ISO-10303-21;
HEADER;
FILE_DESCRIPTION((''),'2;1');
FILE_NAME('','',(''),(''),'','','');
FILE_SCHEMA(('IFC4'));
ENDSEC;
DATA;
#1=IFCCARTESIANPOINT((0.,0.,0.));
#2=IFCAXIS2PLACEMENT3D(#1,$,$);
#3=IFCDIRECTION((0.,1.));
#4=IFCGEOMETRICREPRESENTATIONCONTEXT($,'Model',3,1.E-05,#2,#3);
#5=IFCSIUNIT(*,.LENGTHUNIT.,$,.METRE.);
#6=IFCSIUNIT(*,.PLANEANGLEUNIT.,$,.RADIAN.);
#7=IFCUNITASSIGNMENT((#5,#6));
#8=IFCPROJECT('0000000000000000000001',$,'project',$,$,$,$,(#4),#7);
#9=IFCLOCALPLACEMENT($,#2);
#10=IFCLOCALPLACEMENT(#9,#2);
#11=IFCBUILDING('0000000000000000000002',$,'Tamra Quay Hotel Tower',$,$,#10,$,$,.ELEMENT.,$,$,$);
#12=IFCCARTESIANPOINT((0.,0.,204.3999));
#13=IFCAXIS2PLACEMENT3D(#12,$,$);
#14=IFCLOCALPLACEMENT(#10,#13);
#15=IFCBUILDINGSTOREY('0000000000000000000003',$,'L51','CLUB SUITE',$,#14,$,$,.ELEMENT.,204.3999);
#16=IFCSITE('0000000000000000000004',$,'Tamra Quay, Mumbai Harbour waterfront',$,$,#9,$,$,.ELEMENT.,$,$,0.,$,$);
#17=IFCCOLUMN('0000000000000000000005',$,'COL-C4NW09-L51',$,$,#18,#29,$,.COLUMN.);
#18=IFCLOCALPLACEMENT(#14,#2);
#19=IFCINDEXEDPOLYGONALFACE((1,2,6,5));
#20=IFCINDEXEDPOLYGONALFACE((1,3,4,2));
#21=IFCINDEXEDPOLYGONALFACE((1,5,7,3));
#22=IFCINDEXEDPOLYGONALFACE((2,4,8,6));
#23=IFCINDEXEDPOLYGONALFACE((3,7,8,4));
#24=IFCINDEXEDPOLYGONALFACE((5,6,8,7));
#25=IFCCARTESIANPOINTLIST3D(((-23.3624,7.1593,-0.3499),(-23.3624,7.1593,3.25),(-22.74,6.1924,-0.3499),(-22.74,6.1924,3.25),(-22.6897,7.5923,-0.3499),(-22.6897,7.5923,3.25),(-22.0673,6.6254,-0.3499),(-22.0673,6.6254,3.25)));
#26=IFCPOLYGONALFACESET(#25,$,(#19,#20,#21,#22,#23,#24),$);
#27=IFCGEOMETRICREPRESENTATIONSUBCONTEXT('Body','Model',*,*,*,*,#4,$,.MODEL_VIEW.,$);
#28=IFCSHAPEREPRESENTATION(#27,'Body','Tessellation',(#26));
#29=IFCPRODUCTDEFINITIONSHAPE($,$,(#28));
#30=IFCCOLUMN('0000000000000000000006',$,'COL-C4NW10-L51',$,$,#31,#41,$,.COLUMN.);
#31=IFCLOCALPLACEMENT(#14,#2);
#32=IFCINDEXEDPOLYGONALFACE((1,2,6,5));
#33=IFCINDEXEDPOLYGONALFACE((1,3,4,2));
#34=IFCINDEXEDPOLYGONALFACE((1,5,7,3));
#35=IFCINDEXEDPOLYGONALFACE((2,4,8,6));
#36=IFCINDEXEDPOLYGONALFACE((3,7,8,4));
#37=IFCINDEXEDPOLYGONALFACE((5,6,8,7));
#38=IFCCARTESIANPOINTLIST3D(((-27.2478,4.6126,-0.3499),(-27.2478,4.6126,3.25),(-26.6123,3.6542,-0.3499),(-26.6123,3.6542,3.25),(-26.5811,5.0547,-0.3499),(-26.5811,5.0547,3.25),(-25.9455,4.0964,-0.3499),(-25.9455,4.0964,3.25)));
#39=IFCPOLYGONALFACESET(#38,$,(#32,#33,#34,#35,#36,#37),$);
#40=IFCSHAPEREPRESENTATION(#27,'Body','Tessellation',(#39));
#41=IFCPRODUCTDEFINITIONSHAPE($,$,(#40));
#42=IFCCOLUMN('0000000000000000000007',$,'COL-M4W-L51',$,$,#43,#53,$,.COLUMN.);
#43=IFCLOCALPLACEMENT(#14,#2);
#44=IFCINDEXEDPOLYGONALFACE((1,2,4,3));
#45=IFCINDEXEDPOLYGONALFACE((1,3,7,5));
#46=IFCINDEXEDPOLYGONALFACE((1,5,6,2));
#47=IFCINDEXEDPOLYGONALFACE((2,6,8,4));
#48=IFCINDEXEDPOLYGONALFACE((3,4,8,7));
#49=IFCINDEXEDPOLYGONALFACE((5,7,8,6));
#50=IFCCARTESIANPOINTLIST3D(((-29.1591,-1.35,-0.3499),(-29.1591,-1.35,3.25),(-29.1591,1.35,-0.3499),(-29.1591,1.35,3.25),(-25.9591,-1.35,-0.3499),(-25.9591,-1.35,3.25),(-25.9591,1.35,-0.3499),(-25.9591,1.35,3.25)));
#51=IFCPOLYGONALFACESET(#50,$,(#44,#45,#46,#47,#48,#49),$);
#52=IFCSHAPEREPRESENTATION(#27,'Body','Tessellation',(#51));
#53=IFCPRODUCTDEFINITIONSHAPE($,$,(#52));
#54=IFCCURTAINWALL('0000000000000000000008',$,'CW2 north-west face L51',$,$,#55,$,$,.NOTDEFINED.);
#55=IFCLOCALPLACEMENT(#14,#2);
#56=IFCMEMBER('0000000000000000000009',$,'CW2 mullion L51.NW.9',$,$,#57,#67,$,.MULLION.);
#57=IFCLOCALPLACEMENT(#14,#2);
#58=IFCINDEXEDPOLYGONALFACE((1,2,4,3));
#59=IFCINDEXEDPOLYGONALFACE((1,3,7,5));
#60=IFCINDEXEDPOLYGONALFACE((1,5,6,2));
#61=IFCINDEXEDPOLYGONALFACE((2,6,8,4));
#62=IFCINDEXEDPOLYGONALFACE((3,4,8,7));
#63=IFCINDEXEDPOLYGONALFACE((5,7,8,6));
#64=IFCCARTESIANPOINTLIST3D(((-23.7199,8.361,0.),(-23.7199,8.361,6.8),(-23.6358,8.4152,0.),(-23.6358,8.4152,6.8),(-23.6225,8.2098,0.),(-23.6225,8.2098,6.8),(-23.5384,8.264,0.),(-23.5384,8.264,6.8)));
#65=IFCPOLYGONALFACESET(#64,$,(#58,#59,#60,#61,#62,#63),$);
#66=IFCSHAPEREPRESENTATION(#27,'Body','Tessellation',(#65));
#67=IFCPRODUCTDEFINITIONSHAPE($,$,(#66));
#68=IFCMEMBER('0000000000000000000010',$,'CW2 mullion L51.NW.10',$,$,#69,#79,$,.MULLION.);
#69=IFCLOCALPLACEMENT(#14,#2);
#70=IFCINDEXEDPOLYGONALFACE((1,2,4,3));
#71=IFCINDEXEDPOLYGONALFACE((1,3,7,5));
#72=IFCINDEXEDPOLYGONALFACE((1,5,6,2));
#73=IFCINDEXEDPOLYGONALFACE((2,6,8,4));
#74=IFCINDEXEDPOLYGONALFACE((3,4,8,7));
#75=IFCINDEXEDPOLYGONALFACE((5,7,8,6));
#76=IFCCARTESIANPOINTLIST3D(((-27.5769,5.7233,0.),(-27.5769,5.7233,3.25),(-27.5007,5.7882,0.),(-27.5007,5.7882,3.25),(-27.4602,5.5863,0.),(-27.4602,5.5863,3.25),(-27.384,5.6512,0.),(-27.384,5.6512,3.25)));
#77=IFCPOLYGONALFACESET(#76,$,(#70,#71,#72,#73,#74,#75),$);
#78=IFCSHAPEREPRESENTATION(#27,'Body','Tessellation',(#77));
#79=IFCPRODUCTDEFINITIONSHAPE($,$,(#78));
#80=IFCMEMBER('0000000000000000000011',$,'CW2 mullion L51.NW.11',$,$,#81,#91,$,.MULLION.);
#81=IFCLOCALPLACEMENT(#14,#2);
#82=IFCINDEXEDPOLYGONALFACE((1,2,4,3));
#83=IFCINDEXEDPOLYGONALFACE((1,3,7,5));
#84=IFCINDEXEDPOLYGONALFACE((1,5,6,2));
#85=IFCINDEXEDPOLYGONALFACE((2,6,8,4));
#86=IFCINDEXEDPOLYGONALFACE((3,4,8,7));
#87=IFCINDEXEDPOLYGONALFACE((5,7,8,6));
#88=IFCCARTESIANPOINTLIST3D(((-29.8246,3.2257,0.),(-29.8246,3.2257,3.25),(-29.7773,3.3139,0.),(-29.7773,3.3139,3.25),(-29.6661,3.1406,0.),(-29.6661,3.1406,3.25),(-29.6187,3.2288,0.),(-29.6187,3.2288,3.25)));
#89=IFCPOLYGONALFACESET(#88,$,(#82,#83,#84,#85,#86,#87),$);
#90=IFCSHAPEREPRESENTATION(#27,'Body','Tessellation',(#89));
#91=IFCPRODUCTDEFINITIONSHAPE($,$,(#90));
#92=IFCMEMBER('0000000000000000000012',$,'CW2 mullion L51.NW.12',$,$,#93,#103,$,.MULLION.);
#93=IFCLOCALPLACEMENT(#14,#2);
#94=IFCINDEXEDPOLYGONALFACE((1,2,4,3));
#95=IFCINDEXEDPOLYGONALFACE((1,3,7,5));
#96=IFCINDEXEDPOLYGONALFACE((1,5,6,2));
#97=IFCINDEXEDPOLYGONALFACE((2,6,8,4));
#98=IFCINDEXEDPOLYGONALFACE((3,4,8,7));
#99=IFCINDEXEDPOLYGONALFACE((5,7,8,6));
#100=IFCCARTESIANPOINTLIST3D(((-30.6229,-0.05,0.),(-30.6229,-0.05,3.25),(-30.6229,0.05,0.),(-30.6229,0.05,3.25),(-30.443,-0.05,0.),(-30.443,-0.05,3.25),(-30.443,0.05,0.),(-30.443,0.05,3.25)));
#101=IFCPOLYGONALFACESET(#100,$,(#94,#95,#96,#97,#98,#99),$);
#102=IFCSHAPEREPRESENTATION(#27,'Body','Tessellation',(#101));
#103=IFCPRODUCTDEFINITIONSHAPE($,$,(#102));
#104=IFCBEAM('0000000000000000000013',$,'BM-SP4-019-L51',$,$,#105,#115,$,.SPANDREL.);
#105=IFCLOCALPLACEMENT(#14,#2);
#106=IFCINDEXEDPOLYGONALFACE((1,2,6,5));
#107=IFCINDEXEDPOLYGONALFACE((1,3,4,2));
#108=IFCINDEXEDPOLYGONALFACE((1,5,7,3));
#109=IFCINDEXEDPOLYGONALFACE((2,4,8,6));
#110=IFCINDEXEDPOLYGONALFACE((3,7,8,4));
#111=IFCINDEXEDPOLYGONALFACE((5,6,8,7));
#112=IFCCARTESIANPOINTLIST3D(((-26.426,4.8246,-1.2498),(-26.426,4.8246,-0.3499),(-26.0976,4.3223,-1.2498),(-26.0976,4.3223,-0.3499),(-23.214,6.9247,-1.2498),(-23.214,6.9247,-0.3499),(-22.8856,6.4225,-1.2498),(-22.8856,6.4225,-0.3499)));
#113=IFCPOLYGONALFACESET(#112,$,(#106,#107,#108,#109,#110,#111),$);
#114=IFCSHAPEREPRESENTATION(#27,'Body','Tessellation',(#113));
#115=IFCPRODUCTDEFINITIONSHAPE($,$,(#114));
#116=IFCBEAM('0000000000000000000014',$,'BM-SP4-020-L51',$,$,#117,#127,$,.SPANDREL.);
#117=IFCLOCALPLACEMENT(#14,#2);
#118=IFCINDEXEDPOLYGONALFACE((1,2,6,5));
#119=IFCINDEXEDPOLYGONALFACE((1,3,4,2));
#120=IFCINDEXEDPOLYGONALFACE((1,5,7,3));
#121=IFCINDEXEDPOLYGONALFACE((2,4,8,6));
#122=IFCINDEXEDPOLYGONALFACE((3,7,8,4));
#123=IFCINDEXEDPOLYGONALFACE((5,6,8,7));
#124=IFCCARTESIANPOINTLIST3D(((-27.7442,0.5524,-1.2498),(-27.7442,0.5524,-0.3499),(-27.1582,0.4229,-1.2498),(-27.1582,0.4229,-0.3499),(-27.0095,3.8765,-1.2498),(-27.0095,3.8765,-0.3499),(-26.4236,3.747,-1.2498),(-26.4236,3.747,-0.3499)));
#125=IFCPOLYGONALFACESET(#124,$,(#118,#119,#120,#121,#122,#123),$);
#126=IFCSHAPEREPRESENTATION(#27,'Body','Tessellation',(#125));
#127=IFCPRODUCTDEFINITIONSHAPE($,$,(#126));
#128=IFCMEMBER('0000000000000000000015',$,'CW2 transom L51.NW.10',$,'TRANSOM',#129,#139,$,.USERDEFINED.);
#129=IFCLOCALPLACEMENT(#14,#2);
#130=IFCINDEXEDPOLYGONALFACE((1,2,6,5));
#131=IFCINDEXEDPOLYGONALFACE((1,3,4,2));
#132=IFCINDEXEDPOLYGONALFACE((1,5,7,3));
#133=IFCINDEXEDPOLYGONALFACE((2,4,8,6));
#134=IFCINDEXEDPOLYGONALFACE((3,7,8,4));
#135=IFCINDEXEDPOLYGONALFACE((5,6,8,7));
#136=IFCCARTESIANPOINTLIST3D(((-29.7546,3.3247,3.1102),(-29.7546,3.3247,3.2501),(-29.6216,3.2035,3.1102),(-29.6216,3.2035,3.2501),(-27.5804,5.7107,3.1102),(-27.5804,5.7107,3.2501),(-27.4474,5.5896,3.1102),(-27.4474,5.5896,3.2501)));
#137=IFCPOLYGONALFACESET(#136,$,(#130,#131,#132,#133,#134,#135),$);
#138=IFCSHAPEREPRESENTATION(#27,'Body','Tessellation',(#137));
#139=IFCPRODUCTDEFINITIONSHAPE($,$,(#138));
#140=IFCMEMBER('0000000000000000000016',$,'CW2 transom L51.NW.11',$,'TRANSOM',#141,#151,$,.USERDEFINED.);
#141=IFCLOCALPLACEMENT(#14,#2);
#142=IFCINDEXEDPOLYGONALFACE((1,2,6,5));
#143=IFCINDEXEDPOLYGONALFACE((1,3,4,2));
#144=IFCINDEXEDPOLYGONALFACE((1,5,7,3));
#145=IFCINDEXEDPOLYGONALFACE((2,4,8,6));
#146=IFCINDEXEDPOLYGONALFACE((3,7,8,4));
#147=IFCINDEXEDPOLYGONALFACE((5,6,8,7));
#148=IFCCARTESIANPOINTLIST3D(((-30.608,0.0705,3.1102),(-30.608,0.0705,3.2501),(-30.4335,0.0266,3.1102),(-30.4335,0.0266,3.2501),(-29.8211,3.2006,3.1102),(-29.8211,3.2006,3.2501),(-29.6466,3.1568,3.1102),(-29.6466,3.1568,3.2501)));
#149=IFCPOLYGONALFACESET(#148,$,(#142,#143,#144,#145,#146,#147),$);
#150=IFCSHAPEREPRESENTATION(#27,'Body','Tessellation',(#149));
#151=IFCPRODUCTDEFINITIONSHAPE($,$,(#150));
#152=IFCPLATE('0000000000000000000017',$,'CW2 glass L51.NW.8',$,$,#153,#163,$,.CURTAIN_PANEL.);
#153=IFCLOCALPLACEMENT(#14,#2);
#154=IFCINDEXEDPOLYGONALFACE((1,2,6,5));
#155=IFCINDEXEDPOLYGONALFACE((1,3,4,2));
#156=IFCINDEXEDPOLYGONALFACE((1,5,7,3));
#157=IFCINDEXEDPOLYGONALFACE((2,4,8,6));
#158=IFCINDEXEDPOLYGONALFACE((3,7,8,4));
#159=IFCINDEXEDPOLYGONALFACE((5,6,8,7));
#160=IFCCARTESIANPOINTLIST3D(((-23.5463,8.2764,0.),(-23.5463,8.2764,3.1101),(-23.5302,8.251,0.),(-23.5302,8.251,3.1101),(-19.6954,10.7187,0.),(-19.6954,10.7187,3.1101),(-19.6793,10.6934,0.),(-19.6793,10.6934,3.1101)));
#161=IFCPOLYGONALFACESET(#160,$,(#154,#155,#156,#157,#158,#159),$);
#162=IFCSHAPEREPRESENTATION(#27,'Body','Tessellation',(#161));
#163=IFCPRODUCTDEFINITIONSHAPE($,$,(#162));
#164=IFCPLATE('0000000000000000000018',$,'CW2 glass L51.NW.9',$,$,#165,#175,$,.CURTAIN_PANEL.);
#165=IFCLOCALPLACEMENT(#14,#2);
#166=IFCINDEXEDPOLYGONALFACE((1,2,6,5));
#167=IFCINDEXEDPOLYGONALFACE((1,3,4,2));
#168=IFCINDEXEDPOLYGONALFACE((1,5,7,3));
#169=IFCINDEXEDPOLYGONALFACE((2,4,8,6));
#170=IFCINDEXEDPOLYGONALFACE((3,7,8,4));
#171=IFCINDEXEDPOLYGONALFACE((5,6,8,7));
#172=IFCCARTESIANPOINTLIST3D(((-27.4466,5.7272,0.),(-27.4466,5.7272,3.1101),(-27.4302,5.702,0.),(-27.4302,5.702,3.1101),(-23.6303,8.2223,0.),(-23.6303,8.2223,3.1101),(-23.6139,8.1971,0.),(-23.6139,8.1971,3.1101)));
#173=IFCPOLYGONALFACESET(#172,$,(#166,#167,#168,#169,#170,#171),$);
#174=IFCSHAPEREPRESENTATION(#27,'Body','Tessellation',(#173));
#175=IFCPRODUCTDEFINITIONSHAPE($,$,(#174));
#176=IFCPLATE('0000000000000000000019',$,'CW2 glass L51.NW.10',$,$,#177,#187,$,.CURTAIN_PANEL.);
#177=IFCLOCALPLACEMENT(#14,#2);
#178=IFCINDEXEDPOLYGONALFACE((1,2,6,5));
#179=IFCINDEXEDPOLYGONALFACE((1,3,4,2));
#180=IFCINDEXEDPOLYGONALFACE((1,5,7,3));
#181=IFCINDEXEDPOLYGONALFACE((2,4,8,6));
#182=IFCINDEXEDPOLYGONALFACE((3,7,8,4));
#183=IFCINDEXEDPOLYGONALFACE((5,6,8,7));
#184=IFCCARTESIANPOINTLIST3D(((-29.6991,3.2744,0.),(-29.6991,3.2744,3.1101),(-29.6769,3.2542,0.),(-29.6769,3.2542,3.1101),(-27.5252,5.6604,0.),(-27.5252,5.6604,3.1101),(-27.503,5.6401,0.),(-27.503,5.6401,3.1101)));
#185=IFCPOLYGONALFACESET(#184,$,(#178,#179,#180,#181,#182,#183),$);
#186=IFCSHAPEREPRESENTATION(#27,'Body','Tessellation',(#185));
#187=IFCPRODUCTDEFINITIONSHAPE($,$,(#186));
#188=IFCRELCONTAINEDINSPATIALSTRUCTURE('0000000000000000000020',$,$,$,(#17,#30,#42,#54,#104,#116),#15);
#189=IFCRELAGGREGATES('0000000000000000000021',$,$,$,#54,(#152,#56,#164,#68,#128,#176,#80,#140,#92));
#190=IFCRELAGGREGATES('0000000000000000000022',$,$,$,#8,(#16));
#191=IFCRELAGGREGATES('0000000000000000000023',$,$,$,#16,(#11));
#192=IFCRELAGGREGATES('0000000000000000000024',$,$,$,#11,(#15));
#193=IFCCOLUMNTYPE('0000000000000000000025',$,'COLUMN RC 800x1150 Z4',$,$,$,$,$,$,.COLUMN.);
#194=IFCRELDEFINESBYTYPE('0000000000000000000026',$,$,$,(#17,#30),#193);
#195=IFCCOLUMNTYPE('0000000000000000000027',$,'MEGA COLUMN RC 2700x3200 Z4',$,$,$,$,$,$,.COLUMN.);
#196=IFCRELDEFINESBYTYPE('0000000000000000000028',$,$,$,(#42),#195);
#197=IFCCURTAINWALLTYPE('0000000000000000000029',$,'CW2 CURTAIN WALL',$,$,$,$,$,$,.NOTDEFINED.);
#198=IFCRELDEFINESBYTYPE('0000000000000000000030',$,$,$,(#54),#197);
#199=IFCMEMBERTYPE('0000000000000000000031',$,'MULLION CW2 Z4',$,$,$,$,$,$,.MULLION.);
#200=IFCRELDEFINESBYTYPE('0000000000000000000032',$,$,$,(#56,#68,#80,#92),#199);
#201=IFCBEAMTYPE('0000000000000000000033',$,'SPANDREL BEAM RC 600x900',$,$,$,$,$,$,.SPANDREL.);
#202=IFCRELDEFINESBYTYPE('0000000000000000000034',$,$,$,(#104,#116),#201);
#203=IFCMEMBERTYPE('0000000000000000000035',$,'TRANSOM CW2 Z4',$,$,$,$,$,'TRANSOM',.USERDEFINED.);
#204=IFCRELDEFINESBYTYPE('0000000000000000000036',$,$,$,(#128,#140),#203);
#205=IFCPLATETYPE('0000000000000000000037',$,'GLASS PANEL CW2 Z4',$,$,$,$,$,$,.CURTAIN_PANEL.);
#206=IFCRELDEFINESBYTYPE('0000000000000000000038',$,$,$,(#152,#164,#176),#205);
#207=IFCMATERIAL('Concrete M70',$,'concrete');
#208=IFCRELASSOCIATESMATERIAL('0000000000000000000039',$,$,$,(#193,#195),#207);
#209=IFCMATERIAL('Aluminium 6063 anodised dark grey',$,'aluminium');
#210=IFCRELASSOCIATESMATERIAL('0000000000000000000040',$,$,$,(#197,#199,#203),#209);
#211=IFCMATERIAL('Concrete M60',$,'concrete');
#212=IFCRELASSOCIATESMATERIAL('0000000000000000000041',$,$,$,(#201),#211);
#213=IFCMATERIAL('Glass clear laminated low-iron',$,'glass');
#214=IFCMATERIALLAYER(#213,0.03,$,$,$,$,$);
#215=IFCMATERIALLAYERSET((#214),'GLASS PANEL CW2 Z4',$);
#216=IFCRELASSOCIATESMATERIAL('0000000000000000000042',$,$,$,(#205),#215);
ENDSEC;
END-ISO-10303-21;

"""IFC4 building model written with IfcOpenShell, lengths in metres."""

from ifc_helpers import new_model, si_unit, direction, frame, origin, origin_2d, place, context, subcontext, project, spatial, rectangle, extrude, material, layer, layer_set, material_profile, profile_set, type_object, element, aggregate, save


model = new_model("IFC4")

# Units and contexts
model_context = context("Model", 3, precision=1e-05, world=origin(), true_north=direction((0.0, 1.0)))
body_context = subcontext(model_context, "Body", "Model", "MODEL_VIEW")
ifc_project = project(units=[si_unit("LENGTHUNIT", "METRE"), si_unit("PLANEANGLEUNIT", "RADIAN")], contexts=[model_context])

# Site, building, storey
site_placement = place(None, origin())
site = spatial("IfcSite", under=ifc_project, at=site_placement, Name="Tamra Quay, Mumbai Harbour waterfront", CompositionType="ELEMENT", RefElevation=0.0)
building_placement = place(site_placement, origin())
building = spatial("IfcBuilding", under=site, at=building_placement, Name="Tamra Quay Hotel Tower", CompositionType="ELEMENT")
storey_placement = place(building_placement, frame((0.0, 0.0, 204.3999)))
storey = spatial("IfcBuildingStorey", under=building, at=storey_placement, Name="L51", Description="CLUB SUITE", CompositionType="ELEMENT", Elevation=204.3999)

# Columns
ifc_material_1 = material(Name="Concrete M70", Category="concrete")
ifc_material_profile_1 = material_profile(ifc_material_1, rectangle(XDim=1.1499, YDim=0.8, at=origin_2d()), Name="COLUMN RC 800x1150 Z4")
ifc_profile_set_1 = profile_set([ifc_material_profile_1], Name="Concrete M70")
column_type_1 = type_object("IfcColumnType", Name="COLUMN RC 800x1150 Z4", PredefinedType="COLUMN", material=ifc_profile_set_1)
for number, where, z_axis, x_axis, name in (
    (1, (-22.7148, 6.8923, -0.3499), (0.0, 0.0, 1.0), (-0.541283, 0.840841, 0.0), "COL-C4NW09-L51"),
    (2, (-26.5967, 4.3545, -0.3499), (0.0, 0.0, 1.0), (-0.552666, 0.833403, 0.0), "COL-C4NW10-L51"),
):
    element("IfcColumn", number, at=place(storey_placement, frame(where, z_axis=z_axis, x_axis=x_axis)), inside=storey, type_object=column_type_1, Name=name, PredefinedType="COLUMN", context=body_context, shape_type="SweptSolid", body=[
        extrude(rectangle(XDim=1.1499, YDim=0.8, at=origin_2d()), origin(), (0.0, 0.0, 1.0), 3.5999),
    ])
ifc_material_profile_2 = material_profile(ifc_material_1, rectangle(XDim=3.2, YDim=2.7, at=origin_2d()), Name="MEGA COLUMN RC 2700x3200 Z4")
ifc_profile_set_2 = profile_set([ifc_material_profile_2], Name="Concrete M70")
column_type_2 = type_object("IfcColumnType", Name="MEGA COLUMN RC 2700x3200 Z4", PredefinedType="COLUMN", material=ifc_profile_set_2)
column_placement = place(storey_placement, frame((-27.5591, 0.0, -0.3499), z_axis=(0.0, 0.0, 1.0), x_axis=(1.0, 0.0, 0.0)))
element("IfcColumn", 3, at=column_placement, inside=storey, type_object=column_type_2, Name="COL-M4W-L51", PredefinedType="COLUMN", context=body_context, shape_type="SweptSolid", body=[
    extrude(rectangle(XDim=3.2, YDim=2.7, at=origin_2d()), origin(), (0.0, 0.0, 1.0), 3.5999),
])

# Curtain wall, members
ifc_material_2 = material(Name="Aluminium 6063 anodised dark grey", Category="aluminium")
curtain_wall_type = type_object("IfcCurtainWallType", Name="CW2 CURTAIN WALL", PredefinedType="NOTDEFINED", material=ifc_material_2)
curtain_wall_placement = place(storey_placement, origin())
curtain_wall = element("IfcCurtainWall", 4, at=curtain_wall_placement, inside=storey, type_object=curtain_wall_type, Name="CW2 north-west face L51", PredefinedType="NOTDEFINED")
ifc_material_profile_3 = material_profile(ifc_material_2, rectangle(XDim=0.1799, YDim=0.1001, at=origin_2d()), Name="MULLION 100X180")
ifc_profile_set_3 = profile_set([ifc_material_profile_3], Name="Aluminium 6063 anodised dark grey")
member_type_1 = type_object("IfcMemberType", Name="MULLION CW2 Z4", PredefinedType="MULLION", material=ifc_profile_set_3)
member_1_placement = place(storey_placement, frame((-23.6292, 8.3125, 0.0), z_axis=(0.0, 0.0, 1.0), x_axis=(-0.541422, 0.840751, 0.0)))
member_1 = element("IfcMember", 5, at=member_1_placement, type_object=member_type_1, Name="CW2 mullion L51.NW.9", PredefinedType="MULLION", context=body_context, shape_type="SweptSolid", body=[
    extrude(rectangle(XDim=0.1799, YDim=0.1001, at=origin_2d()), origin(), (0.0, 0.0, 1.0), 6.8),
])
member_2_placement = place(storey_placement, frame((-27.4805, 5.6873, 0.0), z_axis=(0.0, 0.0, 1.0), x_axis=(-0.648381, 0.761316, 0.0)))
member_2 = element("IfcMember", 6, at=member_2_placement, type_object=member_type_1, Name="CW2 mullion L51.NW.10", PredefinedType="MULLION", context=body_context, shape_type="SweptSolid", body=[
    extrude(rectangle(XDim=0.1799, YDim=0.1001, at=origin_2d()), origin(), (0.0, 0.0, 1.0), 3.25),
])
member_3_placement = place(storey_placement, frame((-29.7217, 3.2273, 0.0), z_axis=(0.0, 0.0, 1.0), x_axis=(-0.881098, 0.472935, 0.0)))
member_3 = element("IfcMember", 7, at=member_3_placement, type_object=member_type_1, Name="CW2 mullion L51.NW.11", PredefinedType="MULLION", context=body_context, shape_type="SweptSolid", body=[
    extrude(rectangle(XDim=0.1799, YDim=0.1001, at=origin_2d()), origin(), (0.0, 0.0, 1.0), 3.25),
])
member_4_placement = place(storey_placement, frame((-30.533, 0.0, 0.0), z_axis=(0.0, 0.0, 1.0), x_axis=(-1.0, 0.0, 0.0)))
member_4 = element("IfcMember", 8, at=member_4_placement, type_object=member_type_1, Name="CW2 mullion L51.NW.12", PredefinedType="MULLION", context=body_context, shape_type="SweptSolid", body=[
    extrude(rectangle(XDim=0.1799, YDim=0.1001, at=origin_2d()), origin(), (0.0, 0.0, 1.0), 3.25),
])

# Beams
ifc_material_3 = material(Name="Concrete M60", Category="concrete")
ifc_material_profile_4 = material_profile(ifc_material_3, rectangle(XDim=0.6001, YDim=0.8999, at=origin_2d()), Name="SPANDREL BEAM RC 600x900")
ifc_profile_set_4 = profile_set([ifc_material_profile_4], Name="Concrete M60")
beam_type = type_object("IfcBeamType", Name="SPANDREL BEAM RC 600x900", PredefinedType="SPANDREL", material=ifc_profile_set_4)
beam_1_placement = place(storey_placement, frame((-23.0498, 6.6736, -0.7998), z_axis=(-0.83697, -0.547249, 0.0), x_axis=(0.547249, -0.83697, 0.0)))
element("IfcBeam", 9, at=beam_1_placement, inside=storey, type_object=beam_type, Name="BM-SP4-019-L51", PredefinedType="SPANDREL", context=body_context, shape_type="SweptSolid", body=[
    extrude(rectangle(XDim=0.6001, YDim=0.8999, at=origin_2d()), origin(), (0.0, 0.0, 1.0), 3.8376),
])
beam_2_placement = place(storey_placement, frame((-26.7166, 3.8118, -0.7998), z_axis=(-0.215799, -0.976438, 0.0), x_axis=(0.976438, -0.215799, 0.0)))
element("IfcBeam", 10, at=beam_2_placement, inside=storey, type_object=beam_type, Name="BM-SP4-020-L51", PredefinedType="SPANDREL", context=body_context, shape_type="SweptSolid", body=[
    extrude(rectangle(XDim=0.6001, YDim=0.8999, at=origin_2d()), origin(), (0.0, 0.0, 1.0), 3.4043),
])

# Members
ifc_material_profile_5 = material_profile(ifc_material_2, rectangle(XDim=0.1799, YDim=0.1399, at=origin_2d()), Name="TRANSOM 180X140")
ifc_profile_set_5 = profile_set([ifc_material_profile_5], Name="Aluminium 6063 anodised dark grey")
member_type_2 = type_object("IfcMemberType", Name="TRANSOM CW2 Z4", ElementType="TRANSOM", PredefinedType="USERDEFINED", material=ifc_profile_set_5)
member_5_placement = place(storey_placement, frame((-27.5139, 5.6501, 3.1802), z_axis=(-0.673519, -0.73917, 0.0), x_axis=(0.73917, -0.673519, 0.0)))
member_5 = element("IfcMember", 11, at=member_5_placement, type_object=member_type_2, Name="CW2 transom L51.NW.10", ObjectType="TRANSOM", PredefinedType="USERDEFINED", context=body_context, shape_type="SweptSolid", body=[
    extrude(rectangle(XDim=0.1799, YDim=0.1399, at=origin_2d()), origin(), (0.0, 0.0, 1.0), 3.228),
])
member_6_placement = place(storey_placement, frame((-29.7339, 3.1787, 3.1802), z_axis=(-0.243799, -0.969826, 0.0), x_axis=(0.969826, -0.243799, 0.0)))
member_6 = element("IfcMember", 12, at=member_6_placement, type_object=member_type_2, Name="CW2 transom L51.NW.11", ObjectType="TRANSOM", PredefinedType="USERDEFINED", context=body_context, shape_type="SweptSolid", body=[
    extrude(rectangle(XDim=0.1799, YDim=0.1399, at=origin_2d()), origin(), (0.0, 0.0, 1.0), 3.2275),
])

# Plates
ifc_material_4 = material(Name="Glass clear laminated low-iron", Category="glass")
ifc_layer_1 = layer(ifc_material_4, 0.03)
ifc_layer_set_1 = layer_set([ifc_layer_1], Name="GLASS PANEL CW2 Z4")
plate_type = type_object("IfcPlateType", Name="GLASS PANEL CW2 Z4", PredefinedType="CURTAIN_PANEL", material=ifc_layer_set_1)
plate_1_placement = place(storey_placement, frame((-21.6128, 9.4849, 0.0), z_axis=(0.0, 0.0, 1.0), x_axis=(-0.844476, -0.535594, 0.0)))
plate_1 = element("IfcPlate", 13, at=plate_1_placement, type_object=plate_type, Name="CW2 glass L51.NW.8", PredefinedType="CURTAIN_PANEL", context=body_context, shape_type="SweptSolid", body=[
    extrude(rectangle(XDim=4.5601, YDim=0.03, at=origin_2d()), origin(), (0.0, 0.0, 1.0), 3.1101),
])
plate_2_placement = place(storey_placement, frame((-25.5303, 6.9622, 0.0), z_axis=(0.0, 0.0, 1.0), x_axis=(-0.836986, -0.547224, 0.0)))
plate_2 = element("IfcPlate", 14, at=plate_2_placement, type_object=plate_type, Name="CW2 glass L51.NW.9", PredefinedType="CURTAIN_PANEL", context=body_context, shape_type="SweptSolid", body=[
    extrude(rectangle(XDim=4.5596, YDim=0.03, at=origin_2d()), origin(), (0.0, 0.0, 1.0), 3.1101),
])
plate_3_placement = place(storey_placement, frame((-28.6011, 4.4573, 0.0), z_axis=(0.0, 0.0, 1.0), x_axis=(-0.673496, -0.739191, 0.0)))
plate_3 = element("IfcPlate", 15, at=plate_3_placement, type_object=plate_type, Name="CW2 glass L51.NW.10", PredefinedType="CURTAIN_PANEL", context=body_context, shape_type="SweptSolid", body=[
    extrude(rectangle(XDim=3.2278, YDim=0.03, at=origin_2d()), origin(), (0.0, 0.0, 1.0), 3.1101),
])
aggregate(curtain_wall, [plate_1, member_1, plate_2, member_2, member_5, plate_3, member_3, member_6, member_4])

save(model, "model.ifc")
